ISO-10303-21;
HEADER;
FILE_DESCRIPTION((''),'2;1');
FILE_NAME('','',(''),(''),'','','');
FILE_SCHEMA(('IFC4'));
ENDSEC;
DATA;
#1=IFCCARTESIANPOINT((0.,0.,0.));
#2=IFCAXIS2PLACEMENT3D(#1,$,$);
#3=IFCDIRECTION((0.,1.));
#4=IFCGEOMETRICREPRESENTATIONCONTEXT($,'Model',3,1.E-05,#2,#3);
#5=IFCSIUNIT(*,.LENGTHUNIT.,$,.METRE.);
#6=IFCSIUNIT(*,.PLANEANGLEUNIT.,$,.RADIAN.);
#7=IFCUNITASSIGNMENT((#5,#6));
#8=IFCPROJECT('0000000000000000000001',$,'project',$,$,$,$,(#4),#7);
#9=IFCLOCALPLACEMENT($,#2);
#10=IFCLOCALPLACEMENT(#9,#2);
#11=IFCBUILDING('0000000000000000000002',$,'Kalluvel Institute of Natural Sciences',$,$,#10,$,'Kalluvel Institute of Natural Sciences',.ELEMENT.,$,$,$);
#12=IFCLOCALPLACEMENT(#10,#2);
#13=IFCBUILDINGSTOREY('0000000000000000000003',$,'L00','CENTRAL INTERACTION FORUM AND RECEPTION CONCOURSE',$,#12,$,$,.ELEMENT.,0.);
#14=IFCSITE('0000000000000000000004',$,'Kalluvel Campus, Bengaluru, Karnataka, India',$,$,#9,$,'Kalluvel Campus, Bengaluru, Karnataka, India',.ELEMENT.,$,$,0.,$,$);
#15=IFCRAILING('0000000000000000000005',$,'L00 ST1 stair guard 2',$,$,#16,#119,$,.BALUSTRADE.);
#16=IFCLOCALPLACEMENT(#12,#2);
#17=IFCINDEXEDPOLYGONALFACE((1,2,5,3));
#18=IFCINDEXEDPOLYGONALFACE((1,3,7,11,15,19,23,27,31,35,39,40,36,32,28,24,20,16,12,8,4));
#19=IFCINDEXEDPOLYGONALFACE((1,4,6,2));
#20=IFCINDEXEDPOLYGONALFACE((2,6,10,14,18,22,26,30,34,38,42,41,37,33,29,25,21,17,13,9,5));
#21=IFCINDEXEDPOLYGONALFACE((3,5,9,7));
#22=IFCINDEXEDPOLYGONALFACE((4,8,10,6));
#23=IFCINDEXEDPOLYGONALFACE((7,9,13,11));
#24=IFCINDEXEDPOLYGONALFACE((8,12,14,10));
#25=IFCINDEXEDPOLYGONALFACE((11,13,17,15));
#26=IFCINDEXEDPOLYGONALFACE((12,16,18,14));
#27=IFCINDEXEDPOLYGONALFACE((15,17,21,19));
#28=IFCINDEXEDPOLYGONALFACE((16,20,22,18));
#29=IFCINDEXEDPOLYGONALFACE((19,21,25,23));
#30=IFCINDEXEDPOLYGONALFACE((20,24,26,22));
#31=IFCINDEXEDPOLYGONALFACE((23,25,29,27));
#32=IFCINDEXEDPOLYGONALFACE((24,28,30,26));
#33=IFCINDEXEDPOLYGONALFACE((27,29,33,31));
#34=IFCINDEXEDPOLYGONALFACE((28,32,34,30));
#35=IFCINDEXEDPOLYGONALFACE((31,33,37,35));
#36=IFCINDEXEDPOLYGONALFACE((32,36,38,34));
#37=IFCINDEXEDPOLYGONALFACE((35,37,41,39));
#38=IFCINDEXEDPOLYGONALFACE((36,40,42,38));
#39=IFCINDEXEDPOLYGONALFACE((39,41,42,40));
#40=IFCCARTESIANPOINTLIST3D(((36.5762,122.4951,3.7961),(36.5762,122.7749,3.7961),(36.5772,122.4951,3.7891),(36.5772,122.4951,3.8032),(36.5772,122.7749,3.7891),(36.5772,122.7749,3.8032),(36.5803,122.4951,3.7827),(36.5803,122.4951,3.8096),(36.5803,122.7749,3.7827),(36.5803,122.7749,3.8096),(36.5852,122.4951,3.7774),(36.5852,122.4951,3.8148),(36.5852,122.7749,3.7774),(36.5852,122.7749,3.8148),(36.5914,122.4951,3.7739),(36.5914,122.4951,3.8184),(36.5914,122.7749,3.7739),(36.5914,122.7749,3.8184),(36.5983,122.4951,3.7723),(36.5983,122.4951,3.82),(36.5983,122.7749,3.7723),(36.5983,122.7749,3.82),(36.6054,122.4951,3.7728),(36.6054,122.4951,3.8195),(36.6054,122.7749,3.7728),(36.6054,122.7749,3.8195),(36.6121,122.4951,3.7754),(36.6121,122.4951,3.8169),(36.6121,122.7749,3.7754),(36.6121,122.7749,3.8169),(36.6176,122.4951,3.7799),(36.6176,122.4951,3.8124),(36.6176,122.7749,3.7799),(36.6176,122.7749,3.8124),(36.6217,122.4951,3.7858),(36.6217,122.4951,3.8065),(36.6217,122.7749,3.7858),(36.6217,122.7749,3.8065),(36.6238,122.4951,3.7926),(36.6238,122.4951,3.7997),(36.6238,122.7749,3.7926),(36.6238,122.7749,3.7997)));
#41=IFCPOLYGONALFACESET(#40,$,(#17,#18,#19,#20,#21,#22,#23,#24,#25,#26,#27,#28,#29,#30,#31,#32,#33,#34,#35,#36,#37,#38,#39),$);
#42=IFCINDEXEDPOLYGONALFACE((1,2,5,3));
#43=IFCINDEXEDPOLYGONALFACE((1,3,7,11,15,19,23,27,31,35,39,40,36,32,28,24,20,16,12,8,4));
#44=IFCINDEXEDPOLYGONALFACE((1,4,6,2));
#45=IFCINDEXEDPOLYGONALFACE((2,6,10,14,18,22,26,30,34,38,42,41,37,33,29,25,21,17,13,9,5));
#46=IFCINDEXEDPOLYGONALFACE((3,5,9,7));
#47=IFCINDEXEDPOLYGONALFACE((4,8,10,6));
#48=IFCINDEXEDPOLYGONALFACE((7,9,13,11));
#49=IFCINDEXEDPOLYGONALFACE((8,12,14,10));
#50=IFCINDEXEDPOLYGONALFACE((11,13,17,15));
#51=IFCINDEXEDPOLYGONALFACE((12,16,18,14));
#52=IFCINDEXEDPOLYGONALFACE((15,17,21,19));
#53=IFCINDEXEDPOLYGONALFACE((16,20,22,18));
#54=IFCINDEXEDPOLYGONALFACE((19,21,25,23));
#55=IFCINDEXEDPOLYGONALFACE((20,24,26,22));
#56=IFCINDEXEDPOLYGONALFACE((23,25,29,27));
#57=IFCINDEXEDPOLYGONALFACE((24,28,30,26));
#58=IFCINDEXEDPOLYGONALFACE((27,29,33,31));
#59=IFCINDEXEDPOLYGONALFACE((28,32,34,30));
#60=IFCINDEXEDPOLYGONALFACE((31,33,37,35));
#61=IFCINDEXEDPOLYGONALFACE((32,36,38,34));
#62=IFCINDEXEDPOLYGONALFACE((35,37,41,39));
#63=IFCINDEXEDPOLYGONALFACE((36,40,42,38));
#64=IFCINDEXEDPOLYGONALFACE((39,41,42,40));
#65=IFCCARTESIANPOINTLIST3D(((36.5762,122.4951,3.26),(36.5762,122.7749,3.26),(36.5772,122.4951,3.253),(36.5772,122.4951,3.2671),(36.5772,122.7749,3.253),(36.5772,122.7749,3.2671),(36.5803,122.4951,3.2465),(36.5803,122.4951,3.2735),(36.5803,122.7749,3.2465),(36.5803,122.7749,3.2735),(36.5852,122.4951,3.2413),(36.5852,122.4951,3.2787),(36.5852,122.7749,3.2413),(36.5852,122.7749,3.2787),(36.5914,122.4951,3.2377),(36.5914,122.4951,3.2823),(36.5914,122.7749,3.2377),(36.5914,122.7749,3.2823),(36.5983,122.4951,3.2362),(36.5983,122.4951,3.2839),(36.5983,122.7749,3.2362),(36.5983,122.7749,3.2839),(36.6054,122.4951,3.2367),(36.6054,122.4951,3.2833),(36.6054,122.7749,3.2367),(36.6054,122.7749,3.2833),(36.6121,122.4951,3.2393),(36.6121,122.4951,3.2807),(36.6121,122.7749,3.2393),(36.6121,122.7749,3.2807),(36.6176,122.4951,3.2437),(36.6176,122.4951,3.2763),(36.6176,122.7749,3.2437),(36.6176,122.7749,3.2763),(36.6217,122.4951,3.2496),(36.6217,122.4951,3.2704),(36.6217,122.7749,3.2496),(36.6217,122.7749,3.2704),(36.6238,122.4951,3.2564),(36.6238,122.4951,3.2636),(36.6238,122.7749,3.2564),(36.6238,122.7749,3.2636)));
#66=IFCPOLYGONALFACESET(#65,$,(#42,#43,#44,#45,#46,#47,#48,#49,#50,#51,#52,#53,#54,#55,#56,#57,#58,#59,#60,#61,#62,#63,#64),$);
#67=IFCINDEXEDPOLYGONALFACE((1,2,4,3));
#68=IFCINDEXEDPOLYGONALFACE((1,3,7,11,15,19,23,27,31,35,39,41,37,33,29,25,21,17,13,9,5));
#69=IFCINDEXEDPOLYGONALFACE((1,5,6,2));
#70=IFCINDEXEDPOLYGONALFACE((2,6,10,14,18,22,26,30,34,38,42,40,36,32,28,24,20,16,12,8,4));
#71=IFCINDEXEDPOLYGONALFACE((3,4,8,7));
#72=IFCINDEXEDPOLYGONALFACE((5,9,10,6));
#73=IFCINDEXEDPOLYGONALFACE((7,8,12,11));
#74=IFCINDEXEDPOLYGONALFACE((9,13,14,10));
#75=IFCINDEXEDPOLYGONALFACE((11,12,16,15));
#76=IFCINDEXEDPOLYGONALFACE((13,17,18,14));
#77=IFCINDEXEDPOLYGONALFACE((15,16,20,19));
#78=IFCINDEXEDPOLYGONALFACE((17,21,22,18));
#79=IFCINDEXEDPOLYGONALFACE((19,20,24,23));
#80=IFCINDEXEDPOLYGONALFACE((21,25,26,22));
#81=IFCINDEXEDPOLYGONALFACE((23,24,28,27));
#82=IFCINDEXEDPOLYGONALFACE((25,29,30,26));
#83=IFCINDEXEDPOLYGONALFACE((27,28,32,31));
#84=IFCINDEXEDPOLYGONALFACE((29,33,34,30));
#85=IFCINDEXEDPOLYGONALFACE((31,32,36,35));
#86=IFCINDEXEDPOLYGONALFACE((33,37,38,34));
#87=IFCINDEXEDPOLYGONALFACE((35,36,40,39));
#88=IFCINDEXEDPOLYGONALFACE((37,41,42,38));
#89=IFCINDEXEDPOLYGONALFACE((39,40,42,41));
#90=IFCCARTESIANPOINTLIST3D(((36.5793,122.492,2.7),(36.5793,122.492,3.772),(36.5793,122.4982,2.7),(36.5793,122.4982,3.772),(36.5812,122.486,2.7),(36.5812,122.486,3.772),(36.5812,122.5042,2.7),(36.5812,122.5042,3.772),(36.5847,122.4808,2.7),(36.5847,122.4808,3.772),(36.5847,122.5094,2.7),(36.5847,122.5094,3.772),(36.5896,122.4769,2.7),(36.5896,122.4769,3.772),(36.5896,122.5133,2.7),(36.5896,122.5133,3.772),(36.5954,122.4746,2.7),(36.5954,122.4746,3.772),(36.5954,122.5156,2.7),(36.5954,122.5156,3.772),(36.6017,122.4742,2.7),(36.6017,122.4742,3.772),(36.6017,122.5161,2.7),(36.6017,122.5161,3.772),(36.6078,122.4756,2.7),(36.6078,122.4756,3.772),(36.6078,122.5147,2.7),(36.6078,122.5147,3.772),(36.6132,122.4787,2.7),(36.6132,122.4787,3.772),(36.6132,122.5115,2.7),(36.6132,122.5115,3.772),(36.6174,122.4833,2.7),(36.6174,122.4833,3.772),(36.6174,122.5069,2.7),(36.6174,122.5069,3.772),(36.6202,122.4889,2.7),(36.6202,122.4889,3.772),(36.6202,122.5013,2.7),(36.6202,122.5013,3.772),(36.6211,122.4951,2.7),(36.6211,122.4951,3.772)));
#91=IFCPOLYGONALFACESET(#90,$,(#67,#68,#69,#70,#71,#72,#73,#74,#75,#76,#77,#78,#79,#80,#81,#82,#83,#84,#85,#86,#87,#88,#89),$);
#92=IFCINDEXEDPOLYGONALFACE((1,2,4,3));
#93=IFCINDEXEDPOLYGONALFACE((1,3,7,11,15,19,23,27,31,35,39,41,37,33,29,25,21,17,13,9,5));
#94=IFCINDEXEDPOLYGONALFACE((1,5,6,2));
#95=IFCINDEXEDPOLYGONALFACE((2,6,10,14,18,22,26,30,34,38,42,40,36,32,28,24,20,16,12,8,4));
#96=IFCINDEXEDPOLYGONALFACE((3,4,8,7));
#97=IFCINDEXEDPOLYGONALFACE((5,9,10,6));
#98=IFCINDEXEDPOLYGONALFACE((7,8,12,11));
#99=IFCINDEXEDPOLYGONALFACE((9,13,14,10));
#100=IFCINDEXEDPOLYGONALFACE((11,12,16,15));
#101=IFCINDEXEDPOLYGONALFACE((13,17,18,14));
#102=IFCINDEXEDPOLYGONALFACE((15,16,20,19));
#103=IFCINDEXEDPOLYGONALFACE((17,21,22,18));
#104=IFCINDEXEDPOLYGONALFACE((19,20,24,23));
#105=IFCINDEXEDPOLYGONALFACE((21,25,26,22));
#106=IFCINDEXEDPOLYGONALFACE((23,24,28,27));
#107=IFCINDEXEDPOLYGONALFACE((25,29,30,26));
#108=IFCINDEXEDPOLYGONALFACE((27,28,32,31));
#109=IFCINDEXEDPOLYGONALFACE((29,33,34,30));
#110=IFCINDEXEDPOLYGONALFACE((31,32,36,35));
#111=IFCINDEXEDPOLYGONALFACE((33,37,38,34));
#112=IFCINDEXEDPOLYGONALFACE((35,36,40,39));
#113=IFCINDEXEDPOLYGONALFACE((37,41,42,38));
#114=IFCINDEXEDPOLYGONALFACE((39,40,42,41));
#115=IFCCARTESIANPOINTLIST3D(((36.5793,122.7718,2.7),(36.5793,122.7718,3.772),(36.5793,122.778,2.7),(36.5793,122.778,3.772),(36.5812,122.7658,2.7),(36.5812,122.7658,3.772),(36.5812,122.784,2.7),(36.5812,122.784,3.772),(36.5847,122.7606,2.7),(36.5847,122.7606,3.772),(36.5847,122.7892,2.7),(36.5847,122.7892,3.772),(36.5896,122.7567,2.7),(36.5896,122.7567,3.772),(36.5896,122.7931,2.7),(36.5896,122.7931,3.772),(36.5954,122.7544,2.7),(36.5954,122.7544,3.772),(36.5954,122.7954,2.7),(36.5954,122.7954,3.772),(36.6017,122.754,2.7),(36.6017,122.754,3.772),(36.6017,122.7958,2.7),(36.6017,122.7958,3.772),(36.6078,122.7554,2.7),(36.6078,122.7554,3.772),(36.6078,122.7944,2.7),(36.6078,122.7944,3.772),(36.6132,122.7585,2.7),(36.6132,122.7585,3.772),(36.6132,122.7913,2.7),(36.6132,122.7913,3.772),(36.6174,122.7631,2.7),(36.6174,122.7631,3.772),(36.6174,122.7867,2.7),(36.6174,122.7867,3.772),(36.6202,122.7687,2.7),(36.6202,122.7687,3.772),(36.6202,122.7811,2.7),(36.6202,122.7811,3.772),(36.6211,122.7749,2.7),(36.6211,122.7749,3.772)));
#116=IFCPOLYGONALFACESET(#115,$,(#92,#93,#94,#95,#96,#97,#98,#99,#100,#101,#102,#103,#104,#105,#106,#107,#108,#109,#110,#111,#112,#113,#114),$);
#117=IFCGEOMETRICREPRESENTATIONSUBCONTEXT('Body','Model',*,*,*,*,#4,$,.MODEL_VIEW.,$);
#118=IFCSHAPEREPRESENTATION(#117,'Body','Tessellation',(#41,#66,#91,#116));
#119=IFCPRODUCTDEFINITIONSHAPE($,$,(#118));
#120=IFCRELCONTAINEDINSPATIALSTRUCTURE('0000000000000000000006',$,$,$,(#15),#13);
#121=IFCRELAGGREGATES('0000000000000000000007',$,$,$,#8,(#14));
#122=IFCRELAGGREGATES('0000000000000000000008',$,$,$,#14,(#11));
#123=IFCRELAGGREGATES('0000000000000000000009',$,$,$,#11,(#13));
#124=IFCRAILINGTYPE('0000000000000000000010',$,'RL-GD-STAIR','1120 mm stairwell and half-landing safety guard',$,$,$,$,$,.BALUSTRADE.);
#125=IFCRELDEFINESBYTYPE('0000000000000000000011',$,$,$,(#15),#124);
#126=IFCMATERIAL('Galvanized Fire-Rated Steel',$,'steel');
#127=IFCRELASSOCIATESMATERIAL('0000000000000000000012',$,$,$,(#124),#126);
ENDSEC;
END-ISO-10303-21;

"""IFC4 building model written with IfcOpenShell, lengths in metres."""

from ifc_helpers import new_model, si_unit, direction, frame, origin, origin_2d, place, context, subcontext, project, spatial, circle, extrude, material, type_object, element, save


model = new_model("IFC4")

# Units and contexts
model_context = context("Model", 3, precision=1e-05, world=origin(), true_north=direction((0.0, 1.0)))
body_context = subcontext(model_context, "Body", "Model", "MODEL_VIEW")
ifc_project = project(units=[si_unit("LENGTHUNIT", "METRE"), si_unit("PLANEANGLEUNIT", "RADIAN")], contexts=[model_context])

# Site, building, storey
site_placement = place(None, origin())
site = spatial("IfcSite", under=ifc_project, at=site_placement, Name="Kalluvel Campus, Bengaluru, Karnataka, India", LongName="Kalluvel Campus, Bengaluru, Karnataka, India", CompositionType="ELEMENT", RefElevation=0.0)
building_placement = place(site_placement, origin())
building = spatial("IfcBuilding", under=site, at=building_placement, Name="Kalluvel Institute of Natural Sciences", LongName="Kalluvel Institute of Natural Sciences", CompositionType="ELEMENT")
storey_placement = place(building_placement, origin())
storey = spatial("IfcBuildingStorey", under=building, at=storey_placement, Name="L00", Description="CENTRAL INTERACTION FORUM AND RECEPTION CONCOURSE", CompositionType="ELEMENT", Elevation=0.0)

# Shared definitions
ifc_material_1 = material(Name="Galvanized Fire-Rated Steel", Category="steel")

# Railing
railing_type_1 = type_object("IfcRailingType", Name="RL-GD-STAIR", Description="1120 mm stairwell and half-landing safety guard", PredefinedType="BALUSTRADE", material=ifc_material_1)
railing_1_placement = place(storey_placement, frame((36.6001, 122.4951, 2.7)))
element("IfcRailing", 1, at=railing_1_placement, inside=storey, type_object=railing_type_1, Name="L00 ST1 stair guard 2", PredefinedType="BALUSTRADE", context=body_context, shape_type="SweptSolid", body=[
    extrude(circle(Radius=0.0239, at=origin_2d()), frame((0.0, 0.0, 1.0962), z_axis=(0.0, 1.0, 0.0), x_axis=(-1.0, 0.0, 0.0)), (0.0, 0.0, 1.0), 0.2798),
    extrude(circle(Radius=0.0239, at=origin_2d()), frame((0.0, 0.0, 0.5601), z_axis=(0.0, 1.0, 0.0), x_axis=(-1.0, 0.0, 0.0)), (0.0, 0.0, 1.0), 0.2798),
    extrude(circle(Radius=0.021, at=origin_2d()), origin(), (0.0, 0.0, 1.0), 1.072),
    extrude(circle(Radius=0.021, at=origin_2d()), frame((0.0, 0.2798, 0.0)), (0.0, 0.0, 1.0), 1.072),
])

save(model, "model.ifc")
